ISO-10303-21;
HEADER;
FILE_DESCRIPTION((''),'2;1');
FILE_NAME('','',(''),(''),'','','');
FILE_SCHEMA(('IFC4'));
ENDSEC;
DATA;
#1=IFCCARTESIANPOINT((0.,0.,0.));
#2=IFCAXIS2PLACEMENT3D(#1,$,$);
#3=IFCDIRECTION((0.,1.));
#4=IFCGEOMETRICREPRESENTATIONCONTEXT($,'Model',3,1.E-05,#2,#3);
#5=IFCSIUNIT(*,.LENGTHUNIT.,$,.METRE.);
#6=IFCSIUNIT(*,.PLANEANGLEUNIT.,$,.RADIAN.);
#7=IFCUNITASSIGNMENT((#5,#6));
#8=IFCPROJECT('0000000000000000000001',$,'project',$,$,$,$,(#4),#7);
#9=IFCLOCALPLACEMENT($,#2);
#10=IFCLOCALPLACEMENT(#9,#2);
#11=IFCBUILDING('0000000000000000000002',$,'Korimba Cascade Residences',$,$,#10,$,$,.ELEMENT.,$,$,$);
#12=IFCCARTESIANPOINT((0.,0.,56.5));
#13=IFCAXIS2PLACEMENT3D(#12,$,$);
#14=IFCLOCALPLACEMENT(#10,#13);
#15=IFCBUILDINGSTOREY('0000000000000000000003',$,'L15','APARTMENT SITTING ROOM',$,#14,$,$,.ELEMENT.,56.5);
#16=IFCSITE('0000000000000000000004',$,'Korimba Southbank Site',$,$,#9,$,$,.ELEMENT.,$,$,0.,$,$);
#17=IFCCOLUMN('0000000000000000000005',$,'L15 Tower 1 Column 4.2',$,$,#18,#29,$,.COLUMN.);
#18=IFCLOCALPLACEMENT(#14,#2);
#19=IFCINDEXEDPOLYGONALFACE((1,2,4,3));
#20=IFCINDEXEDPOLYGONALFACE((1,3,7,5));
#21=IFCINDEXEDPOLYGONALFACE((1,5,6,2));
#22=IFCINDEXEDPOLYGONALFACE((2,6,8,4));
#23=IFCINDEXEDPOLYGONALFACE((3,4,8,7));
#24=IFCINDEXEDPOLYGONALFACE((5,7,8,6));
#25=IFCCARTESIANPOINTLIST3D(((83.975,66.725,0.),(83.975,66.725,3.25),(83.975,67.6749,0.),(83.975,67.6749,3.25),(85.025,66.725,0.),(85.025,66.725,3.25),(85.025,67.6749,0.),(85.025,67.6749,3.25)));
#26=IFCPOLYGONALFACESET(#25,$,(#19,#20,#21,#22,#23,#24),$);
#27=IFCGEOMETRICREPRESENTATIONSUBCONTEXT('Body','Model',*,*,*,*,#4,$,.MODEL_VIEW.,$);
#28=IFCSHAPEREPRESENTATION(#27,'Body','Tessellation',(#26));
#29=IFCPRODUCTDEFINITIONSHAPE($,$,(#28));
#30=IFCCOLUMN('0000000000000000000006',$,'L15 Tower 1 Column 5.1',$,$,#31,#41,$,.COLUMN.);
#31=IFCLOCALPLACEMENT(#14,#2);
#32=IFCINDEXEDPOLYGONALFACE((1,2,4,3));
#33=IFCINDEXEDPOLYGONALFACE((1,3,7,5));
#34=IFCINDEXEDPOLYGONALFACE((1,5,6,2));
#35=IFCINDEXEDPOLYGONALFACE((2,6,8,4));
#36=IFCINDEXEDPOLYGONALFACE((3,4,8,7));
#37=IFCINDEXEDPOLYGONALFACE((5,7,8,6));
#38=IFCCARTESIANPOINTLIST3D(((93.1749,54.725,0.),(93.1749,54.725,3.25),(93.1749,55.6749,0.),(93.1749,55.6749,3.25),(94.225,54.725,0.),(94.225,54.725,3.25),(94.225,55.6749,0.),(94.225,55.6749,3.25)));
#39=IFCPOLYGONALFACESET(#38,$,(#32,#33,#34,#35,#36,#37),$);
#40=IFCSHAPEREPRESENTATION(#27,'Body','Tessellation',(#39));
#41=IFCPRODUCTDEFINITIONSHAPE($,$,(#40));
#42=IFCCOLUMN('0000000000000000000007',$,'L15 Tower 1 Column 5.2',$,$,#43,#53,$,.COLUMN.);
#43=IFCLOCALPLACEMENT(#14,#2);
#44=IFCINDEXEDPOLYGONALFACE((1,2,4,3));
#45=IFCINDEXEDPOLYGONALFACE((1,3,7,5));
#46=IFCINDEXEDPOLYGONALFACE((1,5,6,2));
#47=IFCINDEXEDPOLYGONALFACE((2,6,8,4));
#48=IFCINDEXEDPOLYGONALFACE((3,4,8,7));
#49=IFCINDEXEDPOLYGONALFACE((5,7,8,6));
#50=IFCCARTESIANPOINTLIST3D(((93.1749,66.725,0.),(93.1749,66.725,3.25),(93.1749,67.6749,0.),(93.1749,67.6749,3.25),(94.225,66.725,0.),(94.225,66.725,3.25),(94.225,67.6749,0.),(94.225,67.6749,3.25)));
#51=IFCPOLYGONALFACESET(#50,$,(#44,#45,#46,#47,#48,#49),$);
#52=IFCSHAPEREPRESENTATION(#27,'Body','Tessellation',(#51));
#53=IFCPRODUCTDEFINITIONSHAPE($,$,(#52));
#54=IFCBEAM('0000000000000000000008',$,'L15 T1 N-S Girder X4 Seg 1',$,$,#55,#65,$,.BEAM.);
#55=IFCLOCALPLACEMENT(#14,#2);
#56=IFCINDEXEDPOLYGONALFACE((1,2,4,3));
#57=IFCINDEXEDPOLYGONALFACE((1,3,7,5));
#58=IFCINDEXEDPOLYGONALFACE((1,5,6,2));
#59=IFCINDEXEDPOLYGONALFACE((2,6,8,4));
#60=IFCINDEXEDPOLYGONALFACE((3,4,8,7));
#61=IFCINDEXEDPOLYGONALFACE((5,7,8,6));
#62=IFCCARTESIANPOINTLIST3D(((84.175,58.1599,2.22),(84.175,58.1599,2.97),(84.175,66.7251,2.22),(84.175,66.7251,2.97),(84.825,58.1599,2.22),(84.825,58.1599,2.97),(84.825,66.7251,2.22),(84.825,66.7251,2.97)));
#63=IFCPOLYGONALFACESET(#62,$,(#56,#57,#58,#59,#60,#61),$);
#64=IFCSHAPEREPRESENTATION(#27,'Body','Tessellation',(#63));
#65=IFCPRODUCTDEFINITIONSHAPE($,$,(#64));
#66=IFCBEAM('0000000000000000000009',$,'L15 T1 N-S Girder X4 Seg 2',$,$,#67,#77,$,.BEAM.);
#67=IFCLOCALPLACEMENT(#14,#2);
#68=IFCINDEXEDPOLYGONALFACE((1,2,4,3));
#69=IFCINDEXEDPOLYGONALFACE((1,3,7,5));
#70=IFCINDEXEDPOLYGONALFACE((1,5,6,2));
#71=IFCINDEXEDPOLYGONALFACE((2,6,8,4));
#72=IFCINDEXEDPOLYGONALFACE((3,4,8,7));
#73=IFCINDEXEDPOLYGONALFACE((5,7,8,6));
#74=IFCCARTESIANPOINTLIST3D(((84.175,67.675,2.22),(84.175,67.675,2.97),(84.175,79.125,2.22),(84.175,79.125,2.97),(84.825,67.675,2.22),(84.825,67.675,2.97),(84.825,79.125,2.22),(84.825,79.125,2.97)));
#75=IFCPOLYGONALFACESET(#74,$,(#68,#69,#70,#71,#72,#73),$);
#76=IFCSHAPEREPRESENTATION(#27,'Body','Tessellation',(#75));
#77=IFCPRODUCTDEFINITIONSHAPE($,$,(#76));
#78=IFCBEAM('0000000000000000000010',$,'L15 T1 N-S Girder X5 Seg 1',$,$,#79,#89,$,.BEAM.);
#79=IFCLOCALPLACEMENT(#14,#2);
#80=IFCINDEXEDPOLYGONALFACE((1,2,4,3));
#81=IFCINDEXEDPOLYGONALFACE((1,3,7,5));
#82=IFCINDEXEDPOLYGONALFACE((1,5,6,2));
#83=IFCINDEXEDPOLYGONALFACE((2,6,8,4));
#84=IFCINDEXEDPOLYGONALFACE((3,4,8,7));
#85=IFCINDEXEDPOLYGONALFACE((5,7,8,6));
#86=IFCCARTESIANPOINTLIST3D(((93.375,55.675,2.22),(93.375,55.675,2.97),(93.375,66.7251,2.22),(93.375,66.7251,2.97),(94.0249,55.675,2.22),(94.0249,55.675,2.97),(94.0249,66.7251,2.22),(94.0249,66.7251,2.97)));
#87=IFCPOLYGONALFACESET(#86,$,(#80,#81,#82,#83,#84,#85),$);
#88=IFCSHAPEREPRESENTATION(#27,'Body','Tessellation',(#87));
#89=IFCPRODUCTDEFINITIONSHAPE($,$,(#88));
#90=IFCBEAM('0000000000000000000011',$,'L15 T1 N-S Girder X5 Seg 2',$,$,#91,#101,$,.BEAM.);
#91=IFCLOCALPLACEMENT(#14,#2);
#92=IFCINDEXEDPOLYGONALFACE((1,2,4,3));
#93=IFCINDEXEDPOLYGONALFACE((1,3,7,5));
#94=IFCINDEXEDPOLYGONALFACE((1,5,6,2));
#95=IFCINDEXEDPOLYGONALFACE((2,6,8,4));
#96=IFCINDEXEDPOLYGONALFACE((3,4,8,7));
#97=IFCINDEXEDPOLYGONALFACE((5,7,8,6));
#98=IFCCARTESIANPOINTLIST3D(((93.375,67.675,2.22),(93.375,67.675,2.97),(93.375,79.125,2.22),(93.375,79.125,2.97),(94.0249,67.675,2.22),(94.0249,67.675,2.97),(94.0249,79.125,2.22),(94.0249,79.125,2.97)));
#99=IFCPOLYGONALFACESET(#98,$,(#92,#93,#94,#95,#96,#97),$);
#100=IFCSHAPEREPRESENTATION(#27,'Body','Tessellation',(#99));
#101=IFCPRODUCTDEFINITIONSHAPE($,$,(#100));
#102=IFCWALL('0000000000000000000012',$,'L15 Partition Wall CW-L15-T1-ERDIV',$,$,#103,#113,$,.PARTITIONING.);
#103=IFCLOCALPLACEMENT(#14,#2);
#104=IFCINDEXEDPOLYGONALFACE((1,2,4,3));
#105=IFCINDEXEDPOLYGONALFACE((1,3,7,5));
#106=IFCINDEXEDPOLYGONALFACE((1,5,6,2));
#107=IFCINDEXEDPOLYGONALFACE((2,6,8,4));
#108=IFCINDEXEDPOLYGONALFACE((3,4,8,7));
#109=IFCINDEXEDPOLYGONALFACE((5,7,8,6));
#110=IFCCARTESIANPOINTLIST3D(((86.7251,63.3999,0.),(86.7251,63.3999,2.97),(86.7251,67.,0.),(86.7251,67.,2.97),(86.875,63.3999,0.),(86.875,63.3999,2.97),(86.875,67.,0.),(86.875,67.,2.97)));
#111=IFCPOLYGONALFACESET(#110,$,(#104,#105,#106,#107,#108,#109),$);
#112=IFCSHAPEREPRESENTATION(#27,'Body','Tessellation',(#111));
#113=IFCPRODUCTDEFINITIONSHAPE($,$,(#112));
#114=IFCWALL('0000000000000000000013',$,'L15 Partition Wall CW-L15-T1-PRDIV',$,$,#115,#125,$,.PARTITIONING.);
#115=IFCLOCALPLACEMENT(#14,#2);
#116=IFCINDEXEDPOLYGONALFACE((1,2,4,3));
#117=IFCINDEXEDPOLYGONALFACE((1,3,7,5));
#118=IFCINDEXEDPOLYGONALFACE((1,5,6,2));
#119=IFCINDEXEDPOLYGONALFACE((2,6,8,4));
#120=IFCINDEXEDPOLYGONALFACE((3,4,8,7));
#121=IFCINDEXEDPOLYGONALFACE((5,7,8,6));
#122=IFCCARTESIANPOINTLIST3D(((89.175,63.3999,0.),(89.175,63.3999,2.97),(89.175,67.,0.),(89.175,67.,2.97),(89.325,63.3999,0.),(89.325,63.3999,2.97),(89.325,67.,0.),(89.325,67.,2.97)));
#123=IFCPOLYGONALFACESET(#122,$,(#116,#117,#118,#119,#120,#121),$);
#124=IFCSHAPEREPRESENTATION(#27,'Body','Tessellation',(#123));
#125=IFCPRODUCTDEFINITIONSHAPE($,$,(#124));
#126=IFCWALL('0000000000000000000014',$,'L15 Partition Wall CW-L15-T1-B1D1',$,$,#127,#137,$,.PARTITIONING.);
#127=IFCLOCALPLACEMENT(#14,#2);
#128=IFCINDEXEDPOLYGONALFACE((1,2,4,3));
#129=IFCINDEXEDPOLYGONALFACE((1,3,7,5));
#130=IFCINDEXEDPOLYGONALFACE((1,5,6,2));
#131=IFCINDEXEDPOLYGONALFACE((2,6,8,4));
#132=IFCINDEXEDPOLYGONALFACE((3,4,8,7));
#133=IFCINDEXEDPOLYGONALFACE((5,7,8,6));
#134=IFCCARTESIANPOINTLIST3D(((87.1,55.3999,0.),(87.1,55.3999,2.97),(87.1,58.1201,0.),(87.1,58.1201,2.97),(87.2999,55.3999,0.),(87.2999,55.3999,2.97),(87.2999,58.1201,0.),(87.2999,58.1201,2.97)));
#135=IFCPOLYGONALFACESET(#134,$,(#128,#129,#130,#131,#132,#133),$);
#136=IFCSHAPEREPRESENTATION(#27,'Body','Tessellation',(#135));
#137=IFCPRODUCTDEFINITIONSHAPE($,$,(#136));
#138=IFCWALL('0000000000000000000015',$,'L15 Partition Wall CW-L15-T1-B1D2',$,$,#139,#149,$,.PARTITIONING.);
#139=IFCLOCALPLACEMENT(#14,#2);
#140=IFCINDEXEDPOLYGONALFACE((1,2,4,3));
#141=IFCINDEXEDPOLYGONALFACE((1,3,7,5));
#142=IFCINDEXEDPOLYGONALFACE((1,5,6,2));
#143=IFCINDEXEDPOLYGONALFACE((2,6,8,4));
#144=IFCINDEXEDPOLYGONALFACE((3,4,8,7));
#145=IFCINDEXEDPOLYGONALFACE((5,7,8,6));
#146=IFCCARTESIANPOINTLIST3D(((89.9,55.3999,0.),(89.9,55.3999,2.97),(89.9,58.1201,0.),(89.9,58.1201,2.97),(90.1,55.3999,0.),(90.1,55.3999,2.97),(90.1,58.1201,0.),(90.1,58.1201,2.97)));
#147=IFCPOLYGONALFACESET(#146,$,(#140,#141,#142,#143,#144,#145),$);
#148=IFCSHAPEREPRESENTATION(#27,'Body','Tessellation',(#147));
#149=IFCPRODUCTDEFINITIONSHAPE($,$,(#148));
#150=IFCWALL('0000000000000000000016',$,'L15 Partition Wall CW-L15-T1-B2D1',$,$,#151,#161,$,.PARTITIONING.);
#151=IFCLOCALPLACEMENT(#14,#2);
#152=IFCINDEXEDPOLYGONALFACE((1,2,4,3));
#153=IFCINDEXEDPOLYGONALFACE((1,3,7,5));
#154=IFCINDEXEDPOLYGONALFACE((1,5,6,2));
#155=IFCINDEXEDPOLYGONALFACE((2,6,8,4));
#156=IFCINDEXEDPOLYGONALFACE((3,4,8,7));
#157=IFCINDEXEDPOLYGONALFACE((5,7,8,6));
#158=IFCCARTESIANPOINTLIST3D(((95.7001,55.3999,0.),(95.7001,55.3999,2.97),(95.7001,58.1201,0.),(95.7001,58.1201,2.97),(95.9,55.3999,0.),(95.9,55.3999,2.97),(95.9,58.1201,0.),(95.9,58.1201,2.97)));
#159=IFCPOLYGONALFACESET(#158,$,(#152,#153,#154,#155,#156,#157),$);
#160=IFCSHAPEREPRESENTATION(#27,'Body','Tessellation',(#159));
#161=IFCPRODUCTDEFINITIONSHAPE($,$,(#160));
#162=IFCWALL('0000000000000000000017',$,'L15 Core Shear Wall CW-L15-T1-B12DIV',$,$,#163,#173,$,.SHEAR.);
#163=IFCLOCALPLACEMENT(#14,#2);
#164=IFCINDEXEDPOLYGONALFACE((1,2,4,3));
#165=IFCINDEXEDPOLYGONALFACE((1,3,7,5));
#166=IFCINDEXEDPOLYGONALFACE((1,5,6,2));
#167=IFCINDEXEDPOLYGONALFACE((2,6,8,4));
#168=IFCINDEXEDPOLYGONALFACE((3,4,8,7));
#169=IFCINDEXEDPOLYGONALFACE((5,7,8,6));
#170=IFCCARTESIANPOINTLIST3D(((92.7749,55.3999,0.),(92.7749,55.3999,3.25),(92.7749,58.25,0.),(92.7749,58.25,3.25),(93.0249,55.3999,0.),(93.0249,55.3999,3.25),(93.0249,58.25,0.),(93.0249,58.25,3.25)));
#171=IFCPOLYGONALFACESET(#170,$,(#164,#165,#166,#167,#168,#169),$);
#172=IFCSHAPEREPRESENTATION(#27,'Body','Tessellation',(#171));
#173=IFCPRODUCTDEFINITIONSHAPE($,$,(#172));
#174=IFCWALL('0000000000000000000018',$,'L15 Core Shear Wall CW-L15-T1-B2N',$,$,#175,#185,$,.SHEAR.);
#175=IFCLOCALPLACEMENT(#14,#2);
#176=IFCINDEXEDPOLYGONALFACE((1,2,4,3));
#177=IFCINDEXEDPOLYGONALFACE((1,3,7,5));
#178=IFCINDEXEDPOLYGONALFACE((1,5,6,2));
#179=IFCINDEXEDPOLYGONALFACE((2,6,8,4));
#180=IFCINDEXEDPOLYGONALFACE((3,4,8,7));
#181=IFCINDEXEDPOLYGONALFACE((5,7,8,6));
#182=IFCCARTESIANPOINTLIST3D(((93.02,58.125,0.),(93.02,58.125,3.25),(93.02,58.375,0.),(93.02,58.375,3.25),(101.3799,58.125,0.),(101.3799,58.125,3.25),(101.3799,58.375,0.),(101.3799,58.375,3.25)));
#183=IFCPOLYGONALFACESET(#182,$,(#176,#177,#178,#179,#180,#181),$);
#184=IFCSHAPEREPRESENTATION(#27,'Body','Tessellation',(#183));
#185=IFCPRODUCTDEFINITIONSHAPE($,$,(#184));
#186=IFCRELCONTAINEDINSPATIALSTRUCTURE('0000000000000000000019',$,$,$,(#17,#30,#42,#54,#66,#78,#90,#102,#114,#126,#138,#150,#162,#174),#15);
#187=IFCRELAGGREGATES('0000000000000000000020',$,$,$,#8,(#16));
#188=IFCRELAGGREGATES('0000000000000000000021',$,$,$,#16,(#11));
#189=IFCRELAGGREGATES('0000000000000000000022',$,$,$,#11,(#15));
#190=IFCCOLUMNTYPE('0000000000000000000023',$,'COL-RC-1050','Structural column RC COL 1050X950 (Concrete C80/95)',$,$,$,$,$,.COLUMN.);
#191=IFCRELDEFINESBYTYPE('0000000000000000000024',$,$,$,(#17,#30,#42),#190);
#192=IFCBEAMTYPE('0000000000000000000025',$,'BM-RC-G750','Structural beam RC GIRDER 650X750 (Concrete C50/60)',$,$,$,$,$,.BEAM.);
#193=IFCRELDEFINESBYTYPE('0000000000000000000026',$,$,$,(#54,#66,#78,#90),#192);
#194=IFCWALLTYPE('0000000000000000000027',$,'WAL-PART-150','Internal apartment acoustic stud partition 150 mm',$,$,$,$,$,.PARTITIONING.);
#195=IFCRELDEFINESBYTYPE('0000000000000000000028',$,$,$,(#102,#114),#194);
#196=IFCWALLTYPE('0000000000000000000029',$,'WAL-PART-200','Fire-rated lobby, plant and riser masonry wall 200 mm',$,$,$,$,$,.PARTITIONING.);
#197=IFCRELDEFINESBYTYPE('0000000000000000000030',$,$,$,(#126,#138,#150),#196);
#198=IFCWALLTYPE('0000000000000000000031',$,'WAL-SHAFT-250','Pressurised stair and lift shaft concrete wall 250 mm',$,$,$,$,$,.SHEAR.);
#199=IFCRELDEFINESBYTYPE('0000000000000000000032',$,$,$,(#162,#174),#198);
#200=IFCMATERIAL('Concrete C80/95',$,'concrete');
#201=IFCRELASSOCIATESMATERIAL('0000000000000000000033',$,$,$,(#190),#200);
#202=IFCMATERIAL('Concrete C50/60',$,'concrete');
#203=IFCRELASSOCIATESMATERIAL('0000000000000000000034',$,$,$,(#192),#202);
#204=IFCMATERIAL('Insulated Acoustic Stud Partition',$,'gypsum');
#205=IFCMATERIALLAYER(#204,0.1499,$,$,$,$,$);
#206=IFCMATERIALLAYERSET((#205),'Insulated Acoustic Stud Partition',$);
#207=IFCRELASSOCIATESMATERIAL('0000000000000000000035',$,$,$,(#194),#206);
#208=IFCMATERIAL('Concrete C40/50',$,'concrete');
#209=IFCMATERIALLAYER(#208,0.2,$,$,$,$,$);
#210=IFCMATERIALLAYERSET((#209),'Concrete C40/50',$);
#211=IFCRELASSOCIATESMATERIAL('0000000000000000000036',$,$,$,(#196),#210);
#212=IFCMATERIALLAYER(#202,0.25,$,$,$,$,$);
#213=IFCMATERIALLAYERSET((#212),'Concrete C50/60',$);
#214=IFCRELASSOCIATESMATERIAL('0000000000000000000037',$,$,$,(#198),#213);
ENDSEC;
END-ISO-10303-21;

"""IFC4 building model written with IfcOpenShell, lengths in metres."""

from ifc_helpers import new_model, si_unit, direction, frame, frame_2d, origin, origin_2d, place, context, subcontext, project, spatial, rectangle, extrude, material, layer, layer_set, material_profile, profile_set, type_object, element, save


model = new_model("IFC4")

# Units and contexts
model_context = context("Model", 3, precision=1e-05, world=origin(), true_north=direction((0.0, 1.0)))
body_context = subcontext(model_context, "Body", "Model", "MODEL_VIEW")
ifc_project = project(units=[si_unit("LENGTHUNIT", "METRE"), si_unit("PLANEANGLEUNIT", "RADIAN")], contexts=[model_context])

# Site, building, storey
site_placement = place(None, origin())
site = spatial("IfcSite", under=ifc_project, at=site_placement, Name="Korimba Southbank Site", CompositionType="ELEMENT", RefElevation=0.0)
building_placement = place(site_placement, origin())
building = spatial("IfcBuilding", under=site, at=building_placement, Name="Korimba Cascade Residences", CompositionType="ELEMENT")
storey_placement = place(building_placement, frame((0.0, 0.0, 56.5)))
storey = spatial("IfcBuildingStorey", under=building, at=storey_placement, Name="L15", Description="APARTMENT SITTING ROOM", CompositionType="ELEMENT", Elevation=56.5)

# Columns
ifc_material_1 = material(Name="Concrete C80/95", Category="concrete")
ifc_material_profile_1 = material_profile(ifc_material_1, rectangle(XDim=1.05, YDim=0.95, at=origin_2d()), Name="Concrete C80/95")
ifc_profile_set_1 = profile_set([ifc_material_profile_1], Name="Concrete C80/95")
column_type = type_object("IfcColumnType", Name="COL-RC-1050", Description="Structural column RC COL 1050X950 (Concrete C80/95)", PredefinedType="COLUMN", material=ifc_profile_set_1)
for number, where, z_axis, x_axis, name in (
    (1, (84.5, 67.2, 0.0), (0.0, 0.0, 1.0), (1.0, 0.0, 0.0), "L15 Tower 1 Column 4.2"),
    (2, (93.7, 55.2, 0.0), (0.0, 0.0, 1.0), (1.0, 0.0, 0.0), "L15 Tower 1 Column 5.1"),
    (3, (93.7, 67.2, 0.0), (0.0, 0.0, 1.0), (1.0, 0.0, 0.0), "L15 Tower 1 Column 5.2"),
):
    element("IfcColumn", number, at=place(storey_placement, frame(where, z_axis=z_axis, x_axis=x_axis)), inside=storey, type_object=column_type, Name=name, PredefinedType="COLUMN", context=body_context, shape_type="SweptSolid", body=[
        extrude(rectangle(XDim=1.05, YDim=0.95, at=origin_2d()), origin(), (0.0, 0.0, 1.0), 3.25),
    ])

# Beams
ifc_material_2 = material(Name="Concrete C50/60", Category="concrete")
ifc_material_profile_2 = material_profile(ifc_material_2, rectangle(XDim=0.6499, YDim=0.75, at=origin_2d()), Name="Concrete C50/60")
ifc_profile_set_2 = profile_set([ifc_material_profile_2], Name="Concrete C50/60")
beam_type = type_object("IfcBeamType", Name="BM-RC-G750", Description="Structural beam RC GIRDER 650X750 (Concrete C50/60)", PredefinedType="BEAM", material=ifc_profile_set_2)
beam_1_placement = place(storey_placement, frame((84.5, 58.1599, 2.595), z_axis=(0.0, 1.0, 0.0), x_axis=(-1.0, 0.0, 0.0)))
element("IfcBeam", 4, at=beam_1_placement, inside=storey, type_object=beam_type, Name="L15 T1 N-S Girder X4 Seg 1", PredefinedType="BEAM", context=body_context, shape_type="SweptSolid", body=[
    extrude(rectangle(XDim=0.6499, YDim=0.75, at=origin_2d()), origin(), (0.0, 0.0, 1.0), 8.5652),
])
beam_2_placement = place(storey_placement, frame((84.5, 67.675, 2.595), z_axis=(0.0, 1.0, 0.0), x_axis=(-1.0, 0.0, 0.0)))
element("IfcBeam", 5, at=beam_2_placement, inside=storey, type_object=beam_type, Name="L15 T1 N-S Girder X4 Seg 2", PredefinedType="BEAM", context=body_context, shape_type="SweptSolid", body=[
    extrude(rectangle(XDim=0.6499, YDim=0.75, at=origin_2d()), origin(), (0.0, 0.0, 1.0), 11.45),
])
beam_3_placement = place(storey_placement, frame((93.7, 55.675, 2.595), z_axis=(0.0, 1.0, 0.0), x_axis=(-1.0, 0.0, 0.0)))
element("IfcBeam", 6, at=beam_3_placement, inside=storey, type_object=beam_type, Name="L15 T1 N-S Girder X5 Seg 1", PredefinedType="BEAM", context=body_context, shape_type="SweptSolid", body=[
    extrude(rectangle(XDim=0.6499, YDim=0.75, at=origin_2d()), origin(), (0.0, 0.0, 1.0), 11.05),
])
beam_4_placement = place(storey_placement, frame((93.7, 67.675, 2.595), z_axis=(0.0, 1.0, 0.0), x_axis=(-1.0, 0.0, 0.0)))
element("IfcBeam", 7, at=beam_4_placement, inside=storey, type_object=beam_type, Name="L15 T1 N-S Girder X5 Seg 2", PredefinedType="BEAM", context=body_context, shape_type="SweptSolid", body=[
    extrude(rectangle(XDim=0.6499, YDim=0.75, at=origin_2d()), origin(), (0.0, 0.0, 1.0), 11.45),
])

# Walls
ifc_material_3 = material(Name="Insulated Acoustic Stud Partition", Category="gypsum")
ifc_layer_1 = layer(ifc_material_3, 0.1499)
ifc_layer_set_1 = layer_set([ifc_layer_1], Name="Insulated Acoustic Stud Partition")
wall_type_1 = type_object("IfcWallType", Name="WAL-PART-150", Description="Internal apartment acoustic stud partition 150 mm", PredefinedType="PARTITIONING", material=ifc_layer_set_1)
for number, where, z_axis, x_axis, name in (
    (8, (86.8, 63.3999, 0.0), (0.0, 0.0, 1.0), (0.0, 1.0, 0.0), "L15 Partition Wall CW-L15-T1-ERDIV"),
    (9, (89.25, 63.3999, 0.0), (0.0, 0.0, 1.0), (0.0, 1.0, 0.0), "L15 Partition Wall CW-L15-T1-PRDIV"),
):
    element("IfcWall", number, at=place(storey_placement, frame(where, z_axis=z_axis, x_axis=x_axis)), inside=storey, type_object=wall_type_1, Name=name, PredefinedType="PARTITIONING", context=body_context, shape_type="SweptSolid", body=[
        extrude(rectangle(XDim=3.6001, YDim=0.1499, at=frame_2d((1.8, 0.0))), origin(), (0.0, 0.0, 1.0), 2.97),
    ])
ifc_material_4 = material(Name="Concrete C40/50", Category="concrete")
ifc_layer_2 = layer(ifc_material_4, 0.2)
ifc_layer_set_2 = layer_set([ifc_layer_2], Name="Concrete C40/50")
wall_type_2 = type_object("IfcWallType", Name="WAL-PART-200", Description="Fire-rated lobby, plant and riser masonry wall 200 mm", PredefinedType="PARTITIONING", material=ifc_layer_set_2)
for number, where, z_axis, x_axis, name in (
    (10, (87.2, 55.3999, 0.0), (0.0, 0.0, 1.0), (0.0, 1.0, 0.0), "L15 Partition Wall CW-L15-T1-B1D1"),
    (11, (90.0, 55.3999, 0.0), (0.0, 0.0, 1.0), (0.0, 1.0, 0.0), "L15 Partition Wall CW-L15-T1-B1D2"),
    (12, (95.8, 55.3999, 0.0), (0.0, 0.0, 1.0), (0.0, 1.0, 0.0), "L15 Partition Wall CW-L15-T1-B2D1"),
):
    element("IfcWall", number, at=place(storey_placement, frame(where, z_axis=z_axis, x_axis=x_axis)), inside=storey, type_object=wall_type_2, Name=name, PredefinedType="PARTITIONING", context=body_context, shape_type="SweptSolid", body=[
        extrude(rectangle(XDim=2.7202, YDim=0.2, at=frame_2d((1.3601, 0.0))), origin(), (0.0, 0.0, 1.0), 2.97),
    ])
ifc_layer_3 = layer(ifc_material_2, 0.25)
ifc_layer_set_3 = layer_set([ifc_layer_3], Name="Concrete C50/60")
wall_type_3 = type_object("IfcWallType", Name="WAL-SHAFT-250", Description="Pressurised stair and lift shaft concrete wall 250 mm", PredefinedType="SHEAR", material=ifc_layer_set_3)
wall_1_placement = place(storey_placement, frame((92.8999, 55.3999, 0.0), z_axis=(0.0, 0.0, 1.0), x_axis=(0.0, 1.0, 0.0)))
element("IfcWall", 13, at=wall_1_placement, inside=storey, type_object=wall_type_3, Name="L15 Core Shear Wall CW-L15-T1-B12DIV", PredefinedType="SHEAR", context=body_context, shape_type="SweptSolid", body=[
    extrude(rectangle(XDim=2.8501, YDim=0.25, at=frame_2d((1.425, 0.0))), origin(), (0.0, 0.0, 1.0), 3.25),
])
wall_2_placement = place(storey_placement, frame((93.02, 58.25, 0.0), z_axis=(0.0, 0.0, 1.0), x_axis=(1.0, 0.0, 0.0)))
element("IfcWall", 14, at=wall_2_placement, inside=storey, type_object=wall_type_3, Name="L15 Core Shear Wall CW-L15-T1-B2N", PredefinedType="SHEAR", context=body_context, shape_type="SweptSolid", body=[
    extrude(rectangle(XDim=8.3599, YDim=0.25, at=frame_2d((4.1799, 0.0))), origin(), (0.0, 0.0, 1.0), 3.25),
])

save(model, "model.ifc")
